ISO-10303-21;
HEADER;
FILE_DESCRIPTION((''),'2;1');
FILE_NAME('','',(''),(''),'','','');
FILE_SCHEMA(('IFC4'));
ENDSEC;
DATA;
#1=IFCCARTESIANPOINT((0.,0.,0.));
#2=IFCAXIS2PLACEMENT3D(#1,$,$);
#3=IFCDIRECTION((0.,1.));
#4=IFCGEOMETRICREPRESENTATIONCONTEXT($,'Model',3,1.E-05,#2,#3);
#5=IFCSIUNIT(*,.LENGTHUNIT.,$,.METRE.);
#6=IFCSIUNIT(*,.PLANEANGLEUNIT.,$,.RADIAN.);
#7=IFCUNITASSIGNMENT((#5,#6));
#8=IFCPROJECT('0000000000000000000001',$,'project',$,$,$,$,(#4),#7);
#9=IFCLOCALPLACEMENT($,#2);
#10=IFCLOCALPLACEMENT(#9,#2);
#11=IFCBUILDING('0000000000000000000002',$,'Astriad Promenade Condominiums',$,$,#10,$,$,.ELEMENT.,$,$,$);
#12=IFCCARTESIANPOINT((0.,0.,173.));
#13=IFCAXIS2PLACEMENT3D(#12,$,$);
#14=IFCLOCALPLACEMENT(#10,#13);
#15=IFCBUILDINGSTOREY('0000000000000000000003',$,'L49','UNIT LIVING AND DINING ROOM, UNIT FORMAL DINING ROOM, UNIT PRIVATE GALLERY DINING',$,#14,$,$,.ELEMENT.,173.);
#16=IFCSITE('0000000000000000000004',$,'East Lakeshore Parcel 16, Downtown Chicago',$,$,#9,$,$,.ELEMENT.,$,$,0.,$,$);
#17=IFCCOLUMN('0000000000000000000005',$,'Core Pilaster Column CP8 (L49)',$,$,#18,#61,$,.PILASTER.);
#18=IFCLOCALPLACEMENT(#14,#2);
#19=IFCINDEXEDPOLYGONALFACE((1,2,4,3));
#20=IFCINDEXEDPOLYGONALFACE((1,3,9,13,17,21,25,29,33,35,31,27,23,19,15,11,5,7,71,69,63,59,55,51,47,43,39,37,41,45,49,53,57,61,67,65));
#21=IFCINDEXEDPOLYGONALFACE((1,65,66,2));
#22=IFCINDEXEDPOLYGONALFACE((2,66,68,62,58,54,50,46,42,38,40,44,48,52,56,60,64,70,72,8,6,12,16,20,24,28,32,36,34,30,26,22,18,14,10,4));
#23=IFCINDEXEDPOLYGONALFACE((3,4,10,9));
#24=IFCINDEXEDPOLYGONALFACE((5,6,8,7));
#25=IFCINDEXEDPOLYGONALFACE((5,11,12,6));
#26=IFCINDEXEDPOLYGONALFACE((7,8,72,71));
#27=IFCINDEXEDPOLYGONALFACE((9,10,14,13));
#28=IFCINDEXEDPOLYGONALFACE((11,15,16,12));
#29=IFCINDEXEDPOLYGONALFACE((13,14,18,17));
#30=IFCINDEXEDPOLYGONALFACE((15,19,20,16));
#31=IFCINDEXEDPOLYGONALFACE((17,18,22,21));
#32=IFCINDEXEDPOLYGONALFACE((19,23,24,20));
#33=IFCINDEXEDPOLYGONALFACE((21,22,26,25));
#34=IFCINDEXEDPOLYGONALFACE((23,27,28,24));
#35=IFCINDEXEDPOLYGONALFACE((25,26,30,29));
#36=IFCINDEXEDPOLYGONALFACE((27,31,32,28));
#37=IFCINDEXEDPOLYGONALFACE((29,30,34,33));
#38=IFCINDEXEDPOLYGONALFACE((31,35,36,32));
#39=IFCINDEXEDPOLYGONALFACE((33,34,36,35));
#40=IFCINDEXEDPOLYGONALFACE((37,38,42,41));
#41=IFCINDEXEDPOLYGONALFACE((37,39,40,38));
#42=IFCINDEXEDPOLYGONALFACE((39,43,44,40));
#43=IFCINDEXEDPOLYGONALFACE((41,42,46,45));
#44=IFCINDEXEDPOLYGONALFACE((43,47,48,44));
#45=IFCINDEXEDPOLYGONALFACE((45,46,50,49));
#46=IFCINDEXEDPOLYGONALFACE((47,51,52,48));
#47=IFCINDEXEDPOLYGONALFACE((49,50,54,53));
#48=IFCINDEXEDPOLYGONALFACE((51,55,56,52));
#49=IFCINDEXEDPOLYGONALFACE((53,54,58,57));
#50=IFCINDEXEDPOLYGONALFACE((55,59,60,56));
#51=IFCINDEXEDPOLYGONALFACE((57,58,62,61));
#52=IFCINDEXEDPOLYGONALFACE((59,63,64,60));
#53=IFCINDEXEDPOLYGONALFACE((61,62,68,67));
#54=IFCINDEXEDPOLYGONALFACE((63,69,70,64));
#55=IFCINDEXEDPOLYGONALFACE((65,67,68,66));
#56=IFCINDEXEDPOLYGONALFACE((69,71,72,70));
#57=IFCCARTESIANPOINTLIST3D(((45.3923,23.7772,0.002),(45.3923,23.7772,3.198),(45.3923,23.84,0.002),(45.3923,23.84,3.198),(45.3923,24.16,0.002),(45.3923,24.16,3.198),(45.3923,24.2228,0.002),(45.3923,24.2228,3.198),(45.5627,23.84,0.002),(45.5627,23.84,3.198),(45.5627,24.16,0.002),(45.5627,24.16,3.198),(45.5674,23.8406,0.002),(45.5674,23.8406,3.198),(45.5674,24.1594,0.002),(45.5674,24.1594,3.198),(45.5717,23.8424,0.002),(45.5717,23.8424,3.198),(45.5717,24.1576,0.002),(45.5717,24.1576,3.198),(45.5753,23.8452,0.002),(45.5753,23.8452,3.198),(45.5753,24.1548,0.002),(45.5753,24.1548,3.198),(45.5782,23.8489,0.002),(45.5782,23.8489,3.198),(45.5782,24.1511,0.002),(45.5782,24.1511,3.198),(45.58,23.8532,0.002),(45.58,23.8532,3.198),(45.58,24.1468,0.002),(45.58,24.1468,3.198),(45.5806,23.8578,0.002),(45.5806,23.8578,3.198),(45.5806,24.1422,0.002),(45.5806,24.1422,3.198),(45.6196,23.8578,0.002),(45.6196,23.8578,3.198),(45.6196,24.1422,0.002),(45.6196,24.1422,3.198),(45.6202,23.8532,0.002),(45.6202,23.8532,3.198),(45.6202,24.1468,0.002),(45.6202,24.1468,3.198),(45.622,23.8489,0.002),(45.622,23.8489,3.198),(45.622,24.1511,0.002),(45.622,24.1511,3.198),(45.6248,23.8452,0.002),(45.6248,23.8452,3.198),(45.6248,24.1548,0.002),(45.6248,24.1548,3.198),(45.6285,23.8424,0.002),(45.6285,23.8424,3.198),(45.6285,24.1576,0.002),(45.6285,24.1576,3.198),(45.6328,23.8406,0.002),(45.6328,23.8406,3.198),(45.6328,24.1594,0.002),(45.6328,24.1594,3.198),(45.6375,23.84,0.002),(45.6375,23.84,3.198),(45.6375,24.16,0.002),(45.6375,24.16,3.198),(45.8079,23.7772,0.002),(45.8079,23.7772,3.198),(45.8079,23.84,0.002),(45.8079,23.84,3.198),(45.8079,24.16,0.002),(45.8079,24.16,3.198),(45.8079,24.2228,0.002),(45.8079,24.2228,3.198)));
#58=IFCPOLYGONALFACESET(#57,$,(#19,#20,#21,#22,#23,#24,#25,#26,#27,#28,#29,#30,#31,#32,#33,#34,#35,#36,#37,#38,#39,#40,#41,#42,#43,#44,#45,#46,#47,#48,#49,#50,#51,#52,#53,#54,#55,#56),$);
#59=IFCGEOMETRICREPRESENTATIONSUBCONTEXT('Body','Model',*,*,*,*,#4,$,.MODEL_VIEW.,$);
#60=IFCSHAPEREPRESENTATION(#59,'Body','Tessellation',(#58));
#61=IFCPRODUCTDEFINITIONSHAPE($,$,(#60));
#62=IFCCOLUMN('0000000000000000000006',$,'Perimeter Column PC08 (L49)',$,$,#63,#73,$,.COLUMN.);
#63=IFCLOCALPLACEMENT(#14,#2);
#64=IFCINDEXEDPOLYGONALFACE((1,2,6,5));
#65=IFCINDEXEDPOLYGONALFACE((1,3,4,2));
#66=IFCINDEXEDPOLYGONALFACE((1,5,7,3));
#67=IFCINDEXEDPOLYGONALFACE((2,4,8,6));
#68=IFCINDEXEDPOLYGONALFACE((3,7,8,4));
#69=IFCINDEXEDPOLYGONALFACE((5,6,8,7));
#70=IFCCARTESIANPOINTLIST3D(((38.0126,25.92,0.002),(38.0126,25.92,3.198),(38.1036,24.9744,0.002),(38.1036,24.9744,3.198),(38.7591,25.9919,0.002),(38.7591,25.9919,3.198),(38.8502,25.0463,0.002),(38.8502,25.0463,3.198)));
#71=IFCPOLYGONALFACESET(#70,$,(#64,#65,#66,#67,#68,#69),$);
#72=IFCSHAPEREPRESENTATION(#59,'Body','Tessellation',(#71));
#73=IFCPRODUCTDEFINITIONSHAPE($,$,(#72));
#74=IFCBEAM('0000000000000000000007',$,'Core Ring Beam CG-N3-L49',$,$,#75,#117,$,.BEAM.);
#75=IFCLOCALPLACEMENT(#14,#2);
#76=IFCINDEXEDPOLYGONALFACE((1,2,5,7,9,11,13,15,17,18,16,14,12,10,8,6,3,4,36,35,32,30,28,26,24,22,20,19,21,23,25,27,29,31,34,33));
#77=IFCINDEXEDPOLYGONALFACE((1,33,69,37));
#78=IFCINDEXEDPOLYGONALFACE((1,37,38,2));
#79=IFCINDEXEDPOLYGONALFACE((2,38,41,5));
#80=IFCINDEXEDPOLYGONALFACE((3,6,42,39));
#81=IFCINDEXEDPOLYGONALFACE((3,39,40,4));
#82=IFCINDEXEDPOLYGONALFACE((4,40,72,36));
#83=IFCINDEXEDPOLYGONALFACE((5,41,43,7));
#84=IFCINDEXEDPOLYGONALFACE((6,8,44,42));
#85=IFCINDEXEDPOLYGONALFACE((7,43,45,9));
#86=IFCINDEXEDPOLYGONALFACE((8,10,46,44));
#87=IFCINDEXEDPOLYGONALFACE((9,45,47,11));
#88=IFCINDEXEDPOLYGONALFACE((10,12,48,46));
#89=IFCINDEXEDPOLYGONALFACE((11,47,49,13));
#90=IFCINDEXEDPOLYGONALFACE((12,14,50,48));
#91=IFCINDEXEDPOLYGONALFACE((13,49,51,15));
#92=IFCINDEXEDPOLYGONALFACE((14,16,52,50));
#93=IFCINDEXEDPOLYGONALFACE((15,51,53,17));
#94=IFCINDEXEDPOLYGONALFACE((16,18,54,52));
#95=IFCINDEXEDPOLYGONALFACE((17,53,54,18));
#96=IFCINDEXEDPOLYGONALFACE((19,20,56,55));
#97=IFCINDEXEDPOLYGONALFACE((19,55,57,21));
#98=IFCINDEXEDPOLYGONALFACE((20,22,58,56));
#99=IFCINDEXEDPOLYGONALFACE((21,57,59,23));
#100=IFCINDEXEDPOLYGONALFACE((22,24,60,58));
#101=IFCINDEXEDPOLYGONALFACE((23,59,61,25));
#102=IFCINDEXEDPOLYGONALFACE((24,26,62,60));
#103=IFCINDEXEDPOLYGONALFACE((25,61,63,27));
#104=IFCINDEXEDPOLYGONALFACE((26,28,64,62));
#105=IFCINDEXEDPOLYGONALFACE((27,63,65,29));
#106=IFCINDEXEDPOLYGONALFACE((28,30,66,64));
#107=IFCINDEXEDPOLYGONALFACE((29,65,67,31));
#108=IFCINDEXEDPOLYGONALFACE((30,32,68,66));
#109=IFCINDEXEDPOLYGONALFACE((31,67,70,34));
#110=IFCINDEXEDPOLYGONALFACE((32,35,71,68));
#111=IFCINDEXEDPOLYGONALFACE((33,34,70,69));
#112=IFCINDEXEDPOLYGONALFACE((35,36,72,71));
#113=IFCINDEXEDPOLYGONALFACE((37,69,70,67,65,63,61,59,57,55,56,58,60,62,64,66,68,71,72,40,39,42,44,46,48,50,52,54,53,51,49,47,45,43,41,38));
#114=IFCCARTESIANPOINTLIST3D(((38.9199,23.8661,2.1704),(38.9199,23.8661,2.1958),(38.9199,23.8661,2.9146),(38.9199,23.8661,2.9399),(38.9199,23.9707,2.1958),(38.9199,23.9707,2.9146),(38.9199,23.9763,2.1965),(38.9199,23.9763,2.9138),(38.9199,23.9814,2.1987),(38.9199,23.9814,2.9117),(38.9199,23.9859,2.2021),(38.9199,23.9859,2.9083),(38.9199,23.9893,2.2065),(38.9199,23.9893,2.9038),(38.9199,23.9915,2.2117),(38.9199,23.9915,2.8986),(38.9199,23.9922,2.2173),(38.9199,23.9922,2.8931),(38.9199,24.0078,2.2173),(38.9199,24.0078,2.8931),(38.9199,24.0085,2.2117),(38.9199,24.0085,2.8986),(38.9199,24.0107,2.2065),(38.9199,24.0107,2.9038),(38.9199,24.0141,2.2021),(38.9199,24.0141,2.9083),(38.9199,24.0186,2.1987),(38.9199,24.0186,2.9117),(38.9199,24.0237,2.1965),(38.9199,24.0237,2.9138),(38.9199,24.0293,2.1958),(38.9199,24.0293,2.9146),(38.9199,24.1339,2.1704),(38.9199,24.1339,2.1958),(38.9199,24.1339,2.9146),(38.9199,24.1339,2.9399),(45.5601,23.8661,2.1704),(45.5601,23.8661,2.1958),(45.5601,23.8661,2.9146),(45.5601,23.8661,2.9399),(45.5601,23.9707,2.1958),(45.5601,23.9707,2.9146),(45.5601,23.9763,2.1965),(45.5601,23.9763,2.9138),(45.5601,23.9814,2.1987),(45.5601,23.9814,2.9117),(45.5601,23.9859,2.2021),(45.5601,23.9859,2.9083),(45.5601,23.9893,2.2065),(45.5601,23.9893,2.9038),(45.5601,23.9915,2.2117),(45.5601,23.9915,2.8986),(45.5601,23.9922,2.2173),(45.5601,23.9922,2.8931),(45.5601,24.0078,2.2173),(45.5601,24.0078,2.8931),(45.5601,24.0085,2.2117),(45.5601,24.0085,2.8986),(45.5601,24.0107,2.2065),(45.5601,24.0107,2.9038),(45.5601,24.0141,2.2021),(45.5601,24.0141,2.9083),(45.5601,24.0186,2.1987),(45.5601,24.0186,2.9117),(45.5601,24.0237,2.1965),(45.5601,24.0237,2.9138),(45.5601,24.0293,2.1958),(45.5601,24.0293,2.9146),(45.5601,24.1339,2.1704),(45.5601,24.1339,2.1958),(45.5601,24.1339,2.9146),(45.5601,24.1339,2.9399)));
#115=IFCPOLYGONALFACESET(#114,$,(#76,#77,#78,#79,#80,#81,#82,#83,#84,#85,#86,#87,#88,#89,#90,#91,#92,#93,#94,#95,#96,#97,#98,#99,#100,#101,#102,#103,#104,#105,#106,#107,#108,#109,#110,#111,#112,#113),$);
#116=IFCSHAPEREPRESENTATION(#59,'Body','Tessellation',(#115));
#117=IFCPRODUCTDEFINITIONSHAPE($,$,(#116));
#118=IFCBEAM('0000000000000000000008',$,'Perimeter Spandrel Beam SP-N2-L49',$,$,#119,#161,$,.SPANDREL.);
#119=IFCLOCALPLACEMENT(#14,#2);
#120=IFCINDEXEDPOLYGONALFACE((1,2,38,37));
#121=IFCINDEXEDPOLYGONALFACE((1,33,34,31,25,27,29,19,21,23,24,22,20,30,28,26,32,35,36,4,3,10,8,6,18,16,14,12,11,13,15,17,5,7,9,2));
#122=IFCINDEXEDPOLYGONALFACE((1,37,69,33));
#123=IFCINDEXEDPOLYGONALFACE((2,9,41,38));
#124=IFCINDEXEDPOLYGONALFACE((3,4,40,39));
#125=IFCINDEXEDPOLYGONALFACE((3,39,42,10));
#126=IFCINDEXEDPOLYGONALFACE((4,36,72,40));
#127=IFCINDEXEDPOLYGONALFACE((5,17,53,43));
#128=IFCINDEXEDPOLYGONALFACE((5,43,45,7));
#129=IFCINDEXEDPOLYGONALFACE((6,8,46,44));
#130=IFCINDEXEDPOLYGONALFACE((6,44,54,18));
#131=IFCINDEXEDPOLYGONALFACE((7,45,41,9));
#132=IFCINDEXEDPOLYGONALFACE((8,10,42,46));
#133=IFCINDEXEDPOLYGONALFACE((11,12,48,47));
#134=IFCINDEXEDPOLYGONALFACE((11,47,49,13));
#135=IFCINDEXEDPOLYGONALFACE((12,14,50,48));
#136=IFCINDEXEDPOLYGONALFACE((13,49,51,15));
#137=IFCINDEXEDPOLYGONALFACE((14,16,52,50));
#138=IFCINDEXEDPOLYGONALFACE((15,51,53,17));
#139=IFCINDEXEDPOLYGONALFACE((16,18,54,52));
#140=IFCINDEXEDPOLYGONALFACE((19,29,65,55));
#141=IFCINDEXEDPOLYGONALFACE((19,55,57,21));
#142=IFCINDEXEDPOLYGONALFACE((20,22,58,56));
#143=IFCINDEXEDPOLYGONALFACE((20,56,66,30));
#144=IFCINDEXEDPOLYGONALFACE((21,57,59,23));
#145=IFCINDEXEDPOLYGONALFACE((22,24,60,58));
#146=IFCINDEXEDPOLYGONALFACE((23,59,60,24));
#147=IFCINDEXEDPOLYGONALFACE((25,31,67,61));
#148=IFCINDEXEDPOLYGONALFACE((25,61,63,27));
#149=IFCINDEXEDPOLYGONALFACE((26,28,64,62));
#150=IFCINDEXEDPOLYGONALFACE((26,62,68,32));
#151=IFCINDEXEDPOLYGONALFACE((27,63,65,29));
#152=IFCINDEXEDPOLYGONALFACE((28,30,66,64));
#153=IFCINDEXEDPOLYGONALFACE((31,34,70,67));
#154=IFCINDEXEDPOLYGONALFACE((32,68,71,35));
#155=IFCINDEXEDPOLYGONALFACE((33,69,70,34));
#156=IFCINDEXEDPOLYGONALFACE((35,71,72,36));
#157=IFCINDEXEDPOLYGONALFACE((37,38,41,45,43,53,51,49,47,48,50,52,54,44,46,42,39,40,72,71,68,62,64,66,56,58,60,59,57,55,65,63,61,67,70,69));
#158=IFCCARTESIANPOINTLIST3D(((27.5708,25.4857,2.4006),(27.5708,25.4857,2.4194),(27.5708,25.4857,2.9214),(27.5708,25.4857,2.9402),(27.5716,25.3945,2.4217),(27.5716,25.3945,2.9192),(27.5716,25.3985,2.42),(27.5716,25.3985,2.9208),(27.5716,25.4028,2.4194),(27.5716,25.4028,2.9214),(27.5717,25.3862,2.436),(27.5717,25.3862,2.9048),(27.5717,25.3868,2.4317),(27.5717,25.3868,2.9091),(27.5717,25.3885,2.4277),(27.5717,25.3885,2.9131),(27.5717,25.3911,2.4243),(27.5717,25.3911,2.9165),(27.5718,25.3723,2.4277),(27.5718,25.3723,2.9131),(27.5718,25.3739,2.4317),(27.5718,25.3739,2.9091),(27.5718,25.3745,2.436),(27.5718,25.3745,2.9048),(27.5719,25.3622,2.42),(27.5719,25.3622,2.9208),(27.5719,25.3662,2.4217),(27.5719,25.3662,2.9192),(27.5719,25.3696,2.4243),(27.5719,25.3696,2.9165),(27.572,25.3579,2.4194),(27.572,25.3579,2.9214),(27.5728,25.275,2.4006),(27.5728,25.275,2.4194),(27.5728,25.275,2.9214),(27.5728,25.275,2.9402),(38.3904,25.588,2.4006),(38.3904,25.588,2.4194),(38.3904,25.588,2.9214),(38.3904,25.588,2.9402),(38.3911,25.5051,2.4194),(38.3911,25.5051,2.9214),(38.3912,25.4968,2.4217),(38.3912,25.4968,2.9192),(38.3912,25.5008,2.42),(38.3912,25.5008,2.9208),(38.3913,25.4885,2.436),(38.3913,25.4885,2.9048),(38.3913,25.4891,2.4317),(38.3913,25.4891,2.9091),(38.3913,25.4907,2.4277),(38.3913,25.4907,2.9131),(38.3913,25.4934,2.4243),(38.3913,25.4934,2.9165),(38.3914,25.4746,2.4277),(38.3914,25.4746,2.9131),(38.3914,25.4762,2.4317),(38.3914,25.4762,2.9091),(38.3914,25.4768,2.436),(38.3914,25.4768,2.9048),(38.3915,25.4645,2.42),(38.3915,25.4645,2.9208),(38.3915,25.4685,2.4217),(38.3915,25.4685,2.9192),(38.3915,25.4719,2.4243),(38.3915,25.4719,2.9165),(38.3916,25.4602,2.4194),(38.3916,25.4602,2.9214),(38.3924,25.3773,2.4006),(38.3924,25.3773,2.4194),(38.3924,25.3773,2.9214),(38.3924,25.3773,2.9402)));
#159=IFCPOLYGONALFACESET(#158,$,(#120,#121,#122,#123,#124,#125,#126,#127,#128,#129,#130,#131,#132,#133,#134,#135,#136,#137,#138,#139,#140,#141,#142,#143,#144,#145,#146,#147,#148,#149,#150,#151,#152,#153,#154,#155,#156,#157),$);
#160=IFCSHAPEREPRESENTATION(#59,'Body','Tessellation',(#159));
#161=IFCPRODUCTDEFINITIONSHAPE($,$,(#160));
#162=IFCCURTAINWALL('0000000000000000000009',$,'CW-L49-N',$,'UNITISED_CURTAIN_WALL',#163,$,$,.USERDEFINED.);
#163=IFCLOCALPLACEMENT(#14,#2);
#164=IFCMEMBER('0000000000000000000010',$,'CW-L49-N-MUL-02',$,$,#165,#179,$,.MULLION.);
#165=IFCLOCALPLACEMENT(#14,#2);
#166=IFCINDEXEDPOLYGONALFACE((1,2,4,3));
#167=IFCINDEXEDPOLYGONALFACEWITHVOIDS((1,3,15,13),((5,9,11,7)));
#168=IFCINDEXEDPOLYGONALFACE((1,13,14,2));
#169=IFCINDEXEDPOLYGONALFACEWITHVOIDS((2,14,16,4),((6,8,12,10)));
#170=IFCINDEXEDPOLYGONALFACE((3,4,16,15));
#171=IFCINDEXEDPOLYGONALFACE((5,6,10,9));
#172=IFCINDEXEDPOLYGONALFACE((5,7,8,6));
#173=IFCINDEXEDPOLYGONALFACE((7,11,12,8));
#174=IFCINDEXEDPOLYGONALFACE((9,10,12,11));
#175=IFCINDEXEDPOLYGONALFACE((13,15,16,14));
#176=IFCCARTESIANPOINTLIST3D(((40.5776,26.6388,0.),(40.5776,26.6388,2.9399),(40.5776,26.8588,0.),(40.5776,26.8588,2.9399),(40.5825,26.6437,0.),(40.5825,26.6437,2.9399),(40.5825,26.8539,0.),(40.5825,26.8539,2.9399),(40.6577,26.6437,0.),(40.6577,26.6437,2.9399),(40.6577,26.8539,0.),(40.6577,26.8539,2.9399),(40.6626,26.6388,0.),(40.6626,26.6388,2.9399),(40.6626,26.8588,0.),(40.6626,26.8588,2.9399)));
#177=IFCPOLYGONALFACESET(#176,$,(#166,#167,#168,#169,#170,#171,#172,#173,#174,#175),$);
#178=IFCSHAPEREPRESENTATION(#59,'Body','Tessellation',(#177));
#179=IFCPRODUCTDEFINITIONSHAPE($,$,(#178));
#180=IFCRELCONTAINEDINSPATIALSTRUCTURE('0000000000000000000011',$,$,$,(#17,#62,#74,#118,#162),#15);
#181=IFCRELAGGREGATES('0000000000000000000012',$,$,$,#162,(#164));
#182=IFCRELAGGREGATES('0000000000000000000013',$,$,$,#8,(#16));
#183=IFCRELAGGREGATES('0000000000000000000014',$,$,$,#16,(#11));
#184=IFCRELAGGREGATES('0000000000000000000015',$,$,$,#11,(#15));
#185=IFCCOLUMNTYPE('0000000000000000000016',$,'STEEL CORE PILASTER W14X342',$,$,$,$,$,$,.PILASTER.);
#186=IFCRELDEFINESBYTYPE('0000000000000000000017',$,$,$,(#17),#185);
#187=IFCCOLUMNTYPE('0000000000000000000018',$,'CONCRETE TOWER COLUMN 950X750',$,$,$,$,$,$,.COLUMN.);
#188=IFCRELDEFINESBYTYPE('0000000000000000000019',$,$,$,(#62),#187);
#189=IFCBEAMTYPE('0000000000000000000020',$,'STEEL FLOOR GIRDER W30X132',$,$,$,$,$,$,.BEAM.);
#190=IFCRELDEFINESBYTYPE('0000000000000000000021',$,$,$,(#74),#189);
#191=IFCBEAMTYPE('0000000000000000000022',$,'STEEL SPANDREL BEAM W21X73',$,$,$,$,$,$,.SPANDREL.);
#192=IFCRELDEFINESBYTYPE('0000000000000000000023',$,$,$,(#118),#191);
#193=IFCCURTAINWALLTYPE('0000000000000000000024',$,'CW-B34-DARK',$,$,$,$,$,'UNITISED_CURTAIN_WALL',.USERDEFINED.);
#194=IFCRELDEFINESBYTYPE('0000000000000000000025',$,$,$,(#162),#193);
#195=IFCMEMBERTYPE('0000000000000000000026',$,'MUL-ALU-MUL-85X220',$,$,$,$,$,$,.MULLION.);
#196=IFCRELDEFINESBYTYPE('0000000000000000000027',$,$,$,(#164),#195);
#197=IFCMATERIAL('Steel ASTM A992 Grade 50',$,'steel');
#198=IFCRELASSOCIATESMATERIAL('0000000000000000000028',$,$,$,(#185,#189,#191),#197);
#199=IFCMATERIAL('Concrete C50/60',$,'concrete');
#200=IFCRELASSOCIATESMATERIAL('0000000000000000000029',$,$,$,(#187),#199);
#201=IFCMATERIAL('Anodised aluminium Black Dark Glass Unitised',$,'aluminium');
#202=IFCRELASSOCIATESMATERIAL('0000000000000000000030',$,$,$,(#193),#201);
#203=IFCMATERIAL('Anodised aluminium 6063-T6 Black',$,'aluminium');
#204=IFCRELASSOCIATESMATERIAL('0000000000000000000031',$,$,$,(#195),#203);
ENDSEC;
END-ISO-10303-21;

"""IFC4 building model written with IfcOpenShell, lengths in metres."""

from ifc_helpers import new_model, si_unit, direction, frame, origin, origin_2d, place, context, subcontext, project, spatial, rectangle, hollow_rectangle, i_section, extrude, source, transform, mapped, material, material_profile, profile_set, type_object, type_shapes, element, aggregate, save


model = new_model("IFC4")

# Units and contexts
model_context = context("Model", 3, precision=1e-05, world=origin(), true_north=direction((0.0, 1.0)))
body_context = subcontext(model_context, "Body", "Model", "MODEL_VIEW")
ifc_project = project(units=[si_unit("LENGTHUNIT", "METRE"), si_unit("PLANEANGLEUNIT", "RADIAN")], contexts=[model_context])

# Site, building, storey
site_placement = place(None, origin())
site = spatial("IfcSite", under=ifc_project, at=site_placement, Name="East Lakeshore Parcel 16, Downtown Chicago", CompositionType="ELEMENT", RefElevation=0.0)
building_placement = place(site_placement, origin())
building = spatial("IfcBuilding", under=site, at=building_placement, Name="Astriad Promenade Condominiums", CompositionType="ELEMENT")
storey_placement = place(building_placement, frame((0.0, 0.0, 173.0)))
storey = spatial("IfcBuildingStorey", under=building, at=storey_placement, Name="L49", Description="UNIT LIVING AND DINING ROOM, UNIT FORMAL DINING ROOM, UNIT PRIVATE GALLERY DINING", CompositionType="ELEMENT", Elevation=173.0)

# Columns
ifc_material_1 = material(Name="Steel ASTM A992 Grade 50", Category="steel")
ifc_material_profile_1 = material_profile(ifc_material_1, i_section(OverallWidth=0.4155, OverallDepth=0.4456, WebThickness=0.0391, FlangeThickness=0.0627, FilletRadius=0.0178, at=origin_2d()), Name="W14X342")
ifc_profile_set_1 = profile_set([ifc_material_profile_1], Name="Steel ASTM A992 Grade 50")
column_type_1 = type_object("IfcColumnType", Name="STEEL CORE PILASTER W14X342", PredefinedType="PILASTER", material=ifc_profile_set_1)
shared_shape_1 = source(origin(), body_context, "Body", "SweptSolid", [
    extrude(i_section(OverallWidth=0.4155, OverallDepth=0.4456, WebThickness=0.0391, FlangeThickness=0.0627, FilletRadius=0.0178, at=origin_2d()), origin(), (0.0, 0.0, 1.0), 3.196),
])
type_shapes(column_type_1, [shared_shape_1])
column_1_placement = place(storey_placement, frame((45.6001, 24.0, 0.002), z_axis=(0.0, 0.0, 1.0), x_axis=(1.0, 0.0, 0.0)))
element("IfcColumn", 1, at=column_1_placement, inside=storey, type_object=column_type_1, Name="Core Pilaster Column CP8 (L49)", PredefinedType="PILASTER", context=body_context, shape_type="MappedRepresentation", body=[
    mapped(shared_shape_1, transform((0.0, 0.0, 0.0), scale=1.0)),
])
ifc_material_2 = material(Name="Concrete C50/60", Category="concrete")
ifc_material_profile_2 = material_profile(ifc_material_2, rectangle(XDim=0.75, YDim=0.95, at=origin_2d()), Name="RC-COL-950X750")
ifc_profile_set_2 = profile_set([ifc_material_profile_2], Name="Concrete C50/60")
column_type_2 = type_object("IfcColumnType", Name="CONCRETE TOWER COLUMN 950X750", PredefinedType="COLUMN", material=ifc_profile_set_2)
shared_shape_2 = source(origin(), body_context, "Body", "SweptSolid", [
    extrude(rectangle(XDim=0.75, YDim=0.95, at=origin_2d()), origin(), (0.0, 0.0, 1.0), 3.196),
])
type_shapes(column_type_2, [shared_shape_2])
column_2_placement = place(storey_placement, frame((38.4314, 25.4832, 0.002), z_axis=(0.0, 0.0, 1.0), x_axis=(0.995396, 0.095846, 0.0)))
element("IfcColumn", 2, at=column_2_placement, inside=storey, type_object=column_type_2, Name="Perimeter Column PC08 (L49)", PredefinedType="COLUMN", context=body_context, shape_type="MappedRepresentation", body=[
    mapped(shared_shape_2, transform((0.0, 0.0, 0.0), scale=1.0)),
])

# Beams
ifc_material_profile_3 = material_profile(ifc_material_1, i_section(OverallWidth=0.2678, OverallDepth=0.7695, WebThickness=0.0156, FlangeThickness=0.0254, FilletRadius=0.0215, at=origin_2d()), Name="W30X132")
ifc_profile_set_3 = profile_set([ifc_material_profile_3], Name="Steel ASTM A992 Grade 50")
beam_type_1 = type_object("IfcBeamType", Name="STEEL FLOOR GIRDER W30X132", PredefinedType="BEAM", material=ifc_profile_set_3)
shared_shape_3 = source(origin(), body_context, "Body", "SweptSolid", [
    extrude(i_section(OverallWidth=0.2678, OverallDepth=0.7695, WebThickness=0.0156, FlangeThickness=0.0254, FilletRadius=0.0215, at=origin_2d()), origin(), (0.0, 0.0, 1.0), 6.6401),
])
type_shapes(beam_type_1, [shared_shape_3])
beam_1_placement = place(storey_placement, frame((38.9199, 24.0, 2.5552), z_axis=(1.0, 0.0, 0.0), x_axis=(0.0, 1.0, 0.0)))
element("IfcBeam", 3, at=beam_1_placement, inside=storey, type_object=beam_type_1, Name="Core Ring Beam CG-N3-L49", PredefinedType="BEAM", context=body_context, shape_type="MappedRepresentation", body=[
    mapped(shared_shape_3, transform((0.0, 0.0, 0.0), scale=1.0)),
])
ifc_material_profile_4 = material_profile(ifc_material_1, i_section(OverallWidth=0.2107, OverallDepth=0.5396, WebThickness=0.0117, FlangeThickness=0.0188, FilletRadius=0.0166, at=origin_2d()), Name="W21X73")
ifc_profile_set_4 = profile_set([ifc_material_profile_4], Name="Steel ASTM A992 Grade 50")
beam_type_2 = type_object("IfcBeamType", Name="STEEL SPANDREL BEAM W21X73", PredefinedType="SPANDREL", material=ifc_profile_set_4)
shared_shape_4 = source(origin(), body_context, "Body", "SweptSolid", [
    extrude(i_section(OverallWidth=0.2107, OverallDepth=0.5396, WebThickness=0.0117, FlangeThickness=0.0188, FilletRadius=0.0166, at=origin_2d()), origin(), (0.0, 0.0, 1.0), 10.8201),
])
type_shapes(beam_type_2, [shared_shape_4])
beam_2_placement = place(storey_placement, frame((38.3914, 25.4827, 2.6704), z_axis=(-0.999955, -0.009454, 0.0), x_axis=(0.009454, -0.999955, 0.0)))
element("IfcBeam", 4, at=beam_2_placement, inside=storey, type_object=beam_type_2, Name="Perimeter Spandrel Beam SP-N2-L49", PredefinedType="SPANDREL", context=body_context, shape_type="MappedRepresentation", body=[
    mapped(shared_shape_4, transform((0.0, 0.0, 0.0), scale=1.0)),
])

# Curtain wall, member
ifc_material_3 = material(Name="Anodised aluminium Black Dark Glass Unitised", Category="aluminium")
curtain_wall_type = type_object("IfcCurtainWallType", Name="CW-B34-DARK", ElementType="UNITISED_CURTAIN_WALL", PredefinedType="USERDEFINED", material=ifc_material_3)
curtain_wall_placement = place(storey_placement, origin())
curtain_wall = element("IfcCurtainWall", 5, at=curtain_wall_placement, inside=storey, type_object=curtain_wall_type, Name="CW-L49-N", ObjectType="UNITISED_CURTAIN_WALL", PredefinedType="USERDEFINED")
ifc_material_4 = material(Name="Anodised aluminium 6063-T6 Black", Category="aluminium")
ifc_material_profile_5 = material_profile(ifc_material_4, hollow_rectangle(XDim=0.085, YDim=0.22, WallThickness=0.0049, at=origin_2d()), Name="ALU-MUL-85X220")
ifc_profile_set_5 = profile_set([ifc_material_profile_5], Name="Anodised aluminium 6063-T6 Black")
member_type_1 = type_object("IfcMemberType", Name="MUL-ALU-MUL-85X220", PredefinedType="MULLION", material=ifc_profile_set_5)
shared_shape_5 = source(origin(), body_context, "Body", "SweptSolid", [
    extrude(hollow_rectangle(XDim=0.085, YDim=0.22, WallThickness=0.0049, at=origin_2d()), origin(), (0.0, 0.0, 1.0), 2.9399),
])
type_shapes(member_type_1, [shared_shape_5])
member_1_placement = place(storey_placement, frame((40.6201, 26.7488, 0.0), z_axis=(0.0, 0.0, 1.0), x_axis=(1.0, 0.0, 0.0)))
member_1 = element("IfcMember", 6, at=member_1_placement, type_object=member_type_1, Name="CW-L49-N-MUL-02", PredefinedType="MULLION", context=body_context, shape_type="MappedRepresentation", body=[
    mapped(shared_shape_5, transform((0.0, 0.0, 0.0), scale=1.0)),
])
aggregate(curtain_wall, [member_1])

save(model, "model.ifc")
